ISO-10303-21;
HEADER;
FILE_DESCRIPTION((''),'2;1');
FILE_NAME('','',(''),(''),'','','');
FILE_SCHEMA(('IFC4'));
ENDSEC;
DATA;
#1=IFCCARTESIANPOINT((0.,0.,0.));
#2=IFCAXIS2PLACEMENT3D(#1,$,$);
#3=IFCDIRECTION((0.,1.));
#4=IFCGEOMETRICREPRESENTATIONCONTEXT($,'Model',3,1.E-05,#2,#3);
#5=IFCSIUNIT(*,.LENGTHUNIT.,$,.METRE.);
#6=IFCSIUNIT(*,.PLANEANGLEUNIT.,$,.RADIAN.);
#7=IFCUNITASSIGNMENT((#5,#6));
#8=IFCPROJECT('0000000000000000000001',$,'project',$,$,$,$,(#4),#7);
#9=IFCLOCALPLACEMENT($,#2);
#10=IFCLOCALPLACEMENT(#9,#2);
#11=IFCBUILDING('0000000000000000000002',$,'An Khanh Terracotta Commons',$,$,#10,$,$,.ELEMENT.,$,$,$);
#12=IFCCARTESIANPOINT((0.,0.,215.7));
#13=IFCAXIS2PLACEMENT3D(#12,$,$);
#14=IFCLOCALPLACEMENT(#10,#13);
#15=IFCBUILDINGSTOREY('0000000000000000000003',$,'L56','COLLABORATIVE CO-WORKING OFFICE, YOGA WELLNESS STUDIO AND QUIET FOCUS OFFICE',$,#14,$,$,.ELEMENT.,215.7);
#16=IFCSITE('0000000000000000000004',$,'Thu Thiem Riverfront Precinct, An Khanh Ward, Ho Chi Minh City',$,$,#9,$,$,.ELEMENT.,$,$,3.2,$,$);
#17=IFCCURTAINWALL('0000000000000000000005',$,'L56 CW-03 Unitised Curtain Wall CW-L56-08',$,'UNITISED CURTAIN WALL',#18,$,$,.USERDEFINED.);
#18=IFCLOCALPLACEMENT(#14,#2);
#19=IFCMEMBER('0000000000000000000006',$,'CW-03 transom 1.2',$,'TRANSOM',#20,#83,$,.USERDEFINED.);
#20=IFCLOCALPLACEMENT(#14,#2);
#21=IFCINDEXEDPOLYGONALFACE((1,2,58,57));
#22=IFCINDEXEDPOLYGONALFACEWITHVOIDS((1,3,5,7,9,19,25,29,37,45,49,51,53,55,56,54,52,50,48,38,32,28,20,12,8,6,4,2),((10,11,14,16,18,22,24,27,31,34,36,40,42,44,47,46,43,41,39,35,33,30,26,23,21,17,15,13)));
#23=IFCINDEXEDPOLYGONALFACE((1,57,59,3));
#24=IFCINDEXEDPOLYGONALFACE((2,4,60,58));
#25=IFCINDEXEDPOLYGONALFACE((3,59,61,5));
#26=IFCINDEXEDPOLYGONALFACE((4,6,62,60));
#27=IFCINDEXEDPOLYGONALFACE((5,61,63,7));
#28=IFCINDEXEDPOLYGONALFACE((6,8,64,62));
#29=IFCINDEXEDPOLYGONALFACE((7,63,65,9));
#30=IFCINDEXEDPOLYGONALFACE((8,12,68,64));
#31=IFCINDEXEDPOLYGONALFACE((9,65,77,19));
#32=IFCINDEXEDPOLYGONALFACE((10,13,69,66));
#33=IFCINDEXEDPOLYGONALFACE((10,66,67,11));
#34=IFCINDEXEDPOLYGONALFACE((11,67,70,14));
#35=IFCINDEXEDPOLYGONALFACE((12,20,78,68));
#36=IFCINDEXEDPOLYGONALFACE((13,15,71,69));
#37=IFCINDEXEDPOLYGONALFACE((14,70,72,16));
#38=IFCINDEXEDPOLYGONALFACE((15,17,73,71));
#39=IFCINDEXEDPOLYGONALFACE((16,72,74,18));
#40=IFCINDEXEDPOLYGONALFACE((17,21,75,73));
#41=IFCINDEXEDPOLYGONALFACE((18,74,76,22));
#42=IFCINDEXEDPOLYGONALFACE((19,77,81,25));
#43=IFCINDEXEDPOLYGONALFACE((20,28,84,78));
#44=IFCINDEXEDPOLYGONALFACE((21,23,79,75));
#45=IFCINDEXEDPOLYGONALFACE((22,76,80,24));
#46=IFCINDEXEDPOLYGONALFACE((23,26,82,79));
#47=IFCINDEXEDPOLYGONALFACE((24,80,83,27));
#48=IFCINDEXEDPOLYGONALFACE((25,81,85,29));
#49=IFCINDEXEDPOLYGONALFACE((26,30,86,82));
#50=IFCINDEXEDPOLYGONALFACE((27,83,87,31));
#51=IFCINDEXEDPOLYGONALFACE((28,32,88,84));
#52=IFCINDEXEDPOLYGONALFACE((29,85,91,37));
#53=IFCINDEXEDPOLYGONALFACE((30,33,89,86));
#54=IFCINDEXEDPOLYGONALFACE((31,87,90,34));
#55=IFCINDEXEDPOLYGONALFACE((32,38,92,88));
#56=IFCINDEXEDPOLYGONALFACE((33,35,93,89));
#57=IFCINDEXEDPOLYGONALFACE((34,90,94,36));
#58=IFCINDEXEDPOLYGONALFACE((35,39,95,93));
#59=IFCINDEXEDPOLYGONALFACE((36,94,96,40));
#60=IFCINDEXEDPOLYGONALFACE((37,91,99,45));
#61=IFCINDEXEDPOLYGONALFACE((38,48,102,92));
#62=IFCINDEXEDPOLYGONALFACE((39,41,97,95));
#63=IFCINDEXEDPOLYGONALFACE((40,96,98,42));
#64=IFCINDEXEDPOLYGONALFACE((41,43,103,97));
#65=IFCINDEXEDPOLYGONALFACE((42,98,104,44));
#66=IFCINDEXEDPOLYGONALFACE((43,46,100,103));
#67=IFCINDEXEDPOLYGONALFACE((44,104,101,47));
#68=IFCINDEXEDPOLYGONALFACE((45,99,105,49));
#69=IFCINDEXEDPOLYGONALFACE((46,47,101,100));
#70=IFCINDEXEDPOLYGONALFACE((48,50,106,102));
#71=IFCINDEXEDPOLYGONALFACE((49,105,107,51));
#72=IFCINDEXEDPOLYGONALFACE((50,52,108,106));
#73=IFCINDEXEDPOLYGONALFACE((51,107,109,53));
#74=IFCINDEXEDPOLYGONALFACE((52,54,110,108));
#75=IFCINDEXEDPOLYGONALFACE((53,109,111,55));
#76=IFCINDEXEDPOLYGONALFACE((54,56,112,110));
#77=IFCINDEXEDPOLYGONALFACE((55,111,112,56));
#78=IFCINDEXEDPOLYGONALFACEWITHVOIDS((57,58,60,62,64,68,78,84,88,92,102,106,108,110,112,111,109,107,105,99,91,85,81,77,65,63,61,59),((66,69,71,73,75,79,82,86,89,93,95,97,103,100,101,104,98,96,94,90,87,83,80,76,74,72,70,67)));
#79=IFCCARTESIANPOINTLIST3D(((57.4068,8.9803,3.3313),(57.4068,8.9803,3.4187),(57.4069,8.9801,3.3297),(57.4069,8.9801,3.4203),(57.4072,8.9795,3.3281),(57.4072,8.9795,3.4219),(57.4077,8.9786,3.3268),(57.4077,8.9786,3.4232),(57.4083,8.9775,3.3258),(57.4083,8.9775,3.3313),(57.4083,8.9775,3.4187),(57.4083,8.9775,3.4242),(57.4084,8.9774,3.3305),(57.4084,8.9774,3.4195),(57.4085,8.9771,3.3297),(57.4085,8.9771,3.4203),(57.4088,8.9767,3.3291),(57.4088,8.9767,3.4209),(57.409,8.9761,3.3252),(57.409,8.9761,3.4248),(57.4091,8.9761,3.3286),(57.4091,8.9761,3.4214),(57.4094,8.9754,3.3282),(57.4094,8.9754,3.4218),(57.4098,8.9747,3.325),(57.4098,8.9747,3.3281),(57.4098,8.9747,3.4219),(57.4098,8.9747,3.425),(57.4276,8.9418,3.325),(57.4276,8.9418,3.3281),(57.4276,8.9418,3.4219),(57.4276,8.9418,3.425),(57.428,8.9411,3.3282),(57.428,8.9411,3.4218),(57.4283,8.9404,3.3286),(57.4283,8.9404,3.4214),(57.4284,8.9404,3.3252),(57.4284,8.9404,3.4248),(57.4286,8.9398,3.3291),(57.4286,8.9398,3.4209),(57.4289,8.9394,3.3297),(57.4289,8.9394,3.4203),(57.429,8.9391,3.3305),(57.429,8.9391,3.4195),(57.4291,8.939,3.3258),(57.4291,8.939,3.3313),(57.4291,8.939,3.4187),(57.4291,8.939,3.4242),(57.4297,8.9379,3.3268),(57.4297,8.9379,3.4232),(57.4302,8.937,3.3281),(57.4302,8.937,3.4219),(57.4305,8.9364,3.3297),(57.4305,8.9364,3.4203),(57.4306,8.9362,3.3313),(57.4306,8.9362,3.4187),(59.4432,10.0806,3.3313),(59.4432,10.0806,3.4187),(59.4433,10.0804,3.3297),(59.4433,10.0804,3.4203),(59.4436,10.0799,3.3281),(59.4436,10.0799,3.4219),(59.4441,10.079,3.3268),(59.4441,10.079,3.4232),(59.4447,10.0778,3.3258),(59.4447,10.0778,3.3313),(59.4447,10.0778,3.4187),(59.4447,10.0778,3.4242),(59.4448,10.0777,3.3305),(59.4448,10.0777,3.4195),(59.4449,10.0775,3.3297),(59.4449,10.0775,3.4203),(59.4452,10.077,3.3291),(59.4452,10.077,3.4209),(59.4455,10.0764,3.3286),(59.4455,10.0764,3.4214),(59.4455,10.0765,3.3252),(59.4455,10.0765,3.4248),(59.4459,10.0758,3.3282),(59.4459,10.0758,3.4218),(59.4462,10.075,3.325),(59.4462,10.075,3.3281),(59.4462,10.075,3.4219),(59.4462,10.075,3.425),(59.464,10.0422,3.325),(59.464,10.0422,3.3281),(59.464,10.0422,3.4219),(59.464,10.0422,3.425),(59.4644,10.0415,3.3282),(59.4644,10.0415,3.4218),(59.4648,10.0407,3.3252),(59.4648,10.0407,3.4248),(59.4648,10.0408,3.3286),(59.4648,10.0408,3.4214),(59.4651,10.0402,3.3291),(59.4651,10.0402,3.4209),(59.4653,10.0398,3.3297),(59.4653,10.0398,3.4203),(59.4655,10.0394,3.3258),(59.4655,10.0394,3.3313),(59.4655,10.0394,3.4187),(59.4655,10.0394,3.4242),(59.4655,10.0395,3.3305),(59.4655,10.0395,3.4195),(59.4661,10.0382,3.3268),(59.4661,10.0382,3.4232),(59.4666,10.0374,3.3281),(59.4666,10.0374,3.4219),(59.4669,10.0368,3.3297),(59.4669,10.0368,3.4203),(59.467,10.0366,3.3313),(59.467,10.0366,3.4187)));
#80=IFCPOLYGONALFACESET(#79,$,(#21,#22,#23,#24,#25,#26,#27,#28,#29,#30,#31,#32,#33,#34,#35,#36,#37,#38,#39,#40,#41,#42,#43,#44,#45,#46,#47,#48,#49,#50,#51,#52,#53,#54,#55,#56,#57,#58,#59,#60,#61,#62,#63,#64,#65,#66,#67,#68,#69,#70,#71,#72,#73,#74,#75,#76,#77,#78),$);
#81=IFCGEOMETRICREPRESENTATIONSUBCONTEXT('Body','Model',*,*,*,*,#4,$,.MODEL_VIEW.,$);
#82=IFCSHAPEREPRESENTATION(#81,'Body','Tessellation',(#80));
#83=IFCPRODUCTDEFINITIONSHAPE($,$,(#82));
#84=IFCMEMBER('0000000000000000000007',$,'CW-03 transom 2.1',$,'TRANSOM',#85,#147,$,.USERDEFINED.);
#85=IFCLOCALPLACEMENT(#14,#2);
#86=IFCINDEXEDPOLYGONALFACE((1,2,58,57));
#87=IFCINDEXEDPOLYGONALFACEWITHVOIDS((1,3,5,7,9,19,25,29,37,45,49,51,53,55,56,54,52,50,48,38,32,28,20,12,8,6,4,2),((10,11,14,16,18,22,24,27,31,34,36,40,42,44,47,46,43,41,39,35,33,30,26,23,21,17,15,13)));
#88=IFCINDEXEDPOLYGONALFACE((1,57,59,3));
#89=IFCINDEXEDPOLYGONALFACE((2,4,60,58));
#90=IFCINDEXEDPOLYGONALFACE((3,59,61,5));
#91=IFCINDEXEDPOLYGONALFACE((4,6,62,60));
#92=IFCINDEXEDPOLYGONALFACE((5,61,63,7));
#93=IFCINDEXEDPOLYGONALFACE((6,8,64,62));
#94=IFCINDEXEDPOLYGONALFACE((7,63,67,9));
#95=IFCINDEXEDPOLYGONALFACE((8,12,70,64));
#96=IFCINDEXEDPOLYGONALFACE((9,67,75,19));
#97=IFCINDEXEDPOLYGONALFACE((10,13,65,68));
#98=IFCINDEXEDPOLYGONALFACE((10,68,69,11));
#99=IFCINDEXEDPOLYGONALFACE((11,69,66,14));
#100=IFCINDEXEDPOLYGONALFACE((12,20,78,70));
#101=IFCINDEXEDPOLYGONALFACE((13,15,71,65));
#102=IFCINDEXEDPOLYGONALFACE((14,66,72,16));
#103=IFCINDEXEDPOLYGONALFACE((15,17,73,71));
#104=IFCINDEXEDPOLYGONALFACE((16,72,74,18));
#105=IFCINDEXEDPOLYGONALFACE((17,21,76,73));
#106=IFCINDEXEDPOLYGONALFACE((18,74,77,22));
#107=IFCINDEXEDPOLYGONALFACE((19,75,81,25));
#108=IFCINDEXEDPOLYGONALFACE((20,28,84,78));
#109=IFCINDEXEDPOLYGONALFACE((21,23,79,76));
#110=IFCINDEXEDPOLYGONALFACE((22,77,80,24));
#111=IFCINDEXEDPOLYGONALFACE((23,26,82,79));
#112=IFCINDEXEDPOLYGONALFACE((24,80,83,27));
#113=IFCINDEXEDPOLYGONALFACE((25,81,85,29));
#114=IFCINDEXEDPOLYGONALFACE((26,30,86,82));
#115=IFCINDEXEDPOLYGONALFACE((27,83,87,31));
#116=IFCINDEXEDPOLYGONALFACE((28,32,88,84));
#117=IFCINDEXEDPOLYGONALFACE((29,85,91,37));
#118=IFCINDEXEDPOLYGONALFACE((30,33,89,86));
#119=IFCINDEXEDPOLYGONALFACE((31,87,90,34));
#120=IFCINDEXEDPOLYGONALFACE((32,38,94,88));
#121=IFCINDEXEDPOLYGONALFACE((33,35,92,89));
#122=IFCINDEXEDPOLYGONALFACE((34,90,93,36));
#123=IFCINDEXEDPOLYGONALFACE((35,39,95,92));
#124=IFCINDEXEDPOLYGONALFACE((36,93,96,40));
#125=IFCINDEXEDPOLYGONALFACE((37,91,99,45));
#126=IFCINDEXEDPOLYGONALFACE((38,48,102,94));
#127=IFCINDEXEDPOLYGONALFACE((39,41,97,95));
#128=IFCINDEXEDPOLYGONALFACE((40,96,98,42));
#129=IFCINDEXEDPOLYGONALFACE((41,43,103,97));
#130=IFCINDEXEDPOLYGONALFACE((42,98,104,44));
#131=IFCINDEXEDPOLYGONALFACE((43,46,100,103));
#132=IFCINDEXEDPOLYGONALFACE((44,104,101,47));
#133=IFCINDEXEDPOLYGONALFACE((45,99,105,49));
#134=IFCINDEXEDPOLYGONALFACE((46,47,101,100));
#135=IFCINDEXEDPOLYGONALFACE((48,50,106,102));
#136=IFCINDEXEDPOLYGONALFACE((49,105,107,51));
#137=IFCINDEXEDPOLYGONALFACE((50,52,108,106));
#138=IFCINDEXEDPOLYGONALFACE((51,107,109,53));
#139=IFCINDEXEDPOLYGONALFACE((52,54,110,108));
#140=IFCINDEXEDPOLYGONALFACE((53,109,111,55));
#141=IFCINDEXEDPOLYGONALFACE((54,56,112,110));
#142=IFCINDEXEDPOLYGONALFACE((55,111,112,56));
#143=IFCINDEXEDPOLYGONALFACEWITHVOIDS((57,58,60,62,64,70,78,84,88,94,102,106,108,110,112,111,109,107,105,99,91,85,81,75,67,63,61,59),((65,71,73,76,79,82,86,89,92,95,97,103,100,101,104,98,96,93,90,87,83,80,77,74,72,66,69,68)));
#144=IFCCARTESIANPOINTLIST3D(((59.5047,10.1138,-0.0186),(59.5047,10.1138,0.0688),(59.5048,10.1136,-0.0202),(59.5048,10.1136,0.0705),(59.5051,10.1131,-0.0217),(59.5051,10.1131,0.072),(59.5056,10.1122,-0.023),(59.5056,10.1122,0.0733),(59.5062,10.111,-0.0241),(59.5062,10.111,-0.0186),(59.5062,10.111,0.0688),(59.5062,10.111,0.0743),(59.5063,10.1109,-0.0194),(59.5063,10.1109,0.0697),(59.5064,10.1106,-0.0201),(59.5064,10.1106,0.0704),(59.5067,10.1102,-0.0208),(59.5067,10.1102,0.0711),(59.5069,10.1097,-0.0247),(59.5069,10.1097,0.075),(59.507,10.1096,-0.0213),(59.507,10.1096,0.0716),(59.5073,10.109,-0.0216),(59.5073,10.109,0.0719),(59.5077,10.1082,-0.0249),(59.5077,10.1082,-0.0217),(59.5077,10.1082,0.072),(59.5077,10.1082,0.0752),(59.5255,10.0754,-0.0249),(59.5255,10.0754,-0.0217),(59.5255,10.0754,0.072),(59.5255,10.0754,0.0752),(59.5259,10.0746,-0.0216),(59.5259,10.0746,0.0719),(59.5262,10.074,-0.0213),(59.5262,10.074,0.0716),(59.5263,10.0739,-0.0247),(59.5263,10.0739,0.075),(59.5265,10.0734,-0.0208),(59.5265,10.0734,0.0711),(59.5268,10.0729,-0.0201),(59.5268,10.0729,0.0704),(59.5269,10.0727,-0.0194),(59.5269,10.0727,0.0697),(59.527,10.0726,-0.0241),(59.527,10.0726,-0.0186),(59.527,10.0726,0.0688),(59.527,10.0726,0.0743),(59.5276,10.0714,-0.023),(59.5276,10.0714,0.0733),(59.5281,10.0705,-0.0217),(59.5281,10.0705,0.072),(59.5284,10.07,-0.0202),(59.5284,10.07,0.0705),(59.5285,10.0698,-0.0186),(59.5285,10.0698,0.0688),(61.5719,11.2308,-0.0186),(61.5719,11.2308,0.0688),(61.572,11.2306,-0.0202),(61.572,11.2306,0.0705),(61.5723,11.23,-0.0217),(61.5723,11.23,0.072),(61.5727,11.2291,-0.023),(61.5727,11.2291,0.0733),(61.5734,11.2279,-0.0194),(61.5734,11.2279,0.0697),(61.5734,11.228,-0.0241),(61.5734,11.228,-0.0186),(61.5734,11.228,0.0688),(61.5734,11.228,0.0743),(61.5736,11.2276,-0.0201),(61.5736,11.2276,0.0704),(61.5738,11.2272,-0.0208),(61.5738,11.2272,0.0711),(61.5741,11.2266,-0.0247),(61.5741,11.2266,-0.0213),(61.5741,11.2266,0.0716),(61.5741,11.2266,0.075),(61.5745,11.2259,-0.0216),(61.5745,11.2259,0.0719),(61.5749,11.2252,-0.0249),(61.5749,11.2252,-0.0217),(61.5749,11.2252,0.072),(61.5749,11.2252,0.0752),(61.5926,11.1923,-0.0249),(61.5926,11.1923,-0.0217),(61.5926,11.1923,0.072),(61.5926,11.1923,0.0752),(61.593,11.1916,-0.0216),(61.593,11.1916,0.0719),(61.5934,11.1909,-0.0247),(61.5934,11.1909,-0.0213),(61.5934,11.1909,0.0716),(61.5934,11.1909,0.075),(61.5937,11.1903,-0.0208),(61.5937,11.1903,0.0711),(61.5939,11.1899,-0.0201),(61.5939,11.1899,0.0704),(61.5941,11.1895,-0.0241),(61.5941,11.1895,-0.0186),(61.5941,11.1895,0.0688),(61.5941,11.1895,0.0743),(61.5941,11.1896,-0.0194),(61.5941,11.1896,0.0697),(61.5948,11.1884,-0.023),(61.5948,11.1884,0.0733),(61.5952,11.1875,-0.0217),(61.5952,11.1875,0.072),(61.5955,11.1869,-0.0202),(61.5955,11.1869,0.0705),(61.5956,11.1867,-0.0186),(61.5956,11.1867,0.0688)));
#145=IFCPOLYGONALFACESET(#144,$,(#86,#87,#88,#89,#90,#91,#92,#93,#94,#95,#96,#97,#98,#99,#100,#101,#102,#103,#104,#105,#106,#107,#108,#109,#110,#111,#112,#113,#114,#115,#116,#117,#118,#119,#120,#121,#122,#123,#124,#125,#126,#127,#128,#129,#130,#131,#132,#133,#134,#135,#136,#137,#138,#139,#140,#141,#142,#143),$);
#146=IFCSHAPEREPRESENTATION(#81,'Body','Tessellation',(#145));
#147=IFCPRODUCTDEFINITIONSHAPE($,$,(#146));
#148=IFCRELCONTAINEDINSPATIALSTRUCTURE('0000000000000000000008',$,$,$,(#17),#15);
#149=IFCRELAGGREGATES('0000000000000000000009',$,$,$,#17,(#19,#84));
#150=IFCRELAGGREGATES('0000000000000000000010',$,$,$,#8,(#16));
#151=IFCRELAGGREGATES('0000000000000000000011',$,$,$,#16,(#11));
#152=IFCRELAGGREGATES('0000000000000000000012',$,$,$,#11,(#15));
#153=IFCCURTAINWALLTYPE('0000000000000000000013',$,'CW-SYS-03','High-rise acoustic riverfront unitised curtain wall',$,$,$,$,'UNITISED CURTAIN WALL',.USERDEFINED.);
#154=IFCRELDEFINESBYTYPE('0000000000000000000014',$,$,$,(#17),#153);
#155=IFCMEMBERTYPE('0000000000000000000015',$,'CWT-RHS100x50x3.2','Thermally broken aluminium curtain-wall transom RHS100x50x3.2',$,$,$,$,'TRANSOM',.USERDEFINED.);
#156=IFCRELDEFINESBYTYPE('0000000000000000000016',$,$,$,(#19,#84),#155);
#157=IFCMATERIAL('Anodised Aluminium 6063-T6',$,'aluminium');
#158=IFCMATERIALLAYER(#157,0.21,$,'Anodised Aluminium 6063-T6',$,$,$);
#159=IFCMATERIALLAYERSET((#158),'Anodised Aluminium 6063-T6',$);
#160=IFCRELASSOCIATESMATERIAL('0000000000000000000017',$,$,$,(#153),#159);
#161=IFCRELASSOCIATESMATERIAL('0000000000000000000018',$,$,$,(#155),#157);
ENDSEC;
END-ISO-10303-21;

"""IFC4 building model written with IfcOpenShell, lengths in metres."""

from ifc_helpers import new_model, si_unit, direction, frame, origin, origin_2d, place, context, subcontext, project, spatial, hollow_rectangle, extrude, material, layer, layer_set, material_profile, profile_set, type_object, element, aggregate, save


model = new_model("IFC4")

# Units and contexts
model_context = context("Model", 3, precision=1e-05, world=origin(), true_north=direction((0.0, 1.0)))
body_context = subcontext(model_context, "Body", "Model", "MODEL_VIEW")
ifc_project = project(units=[si_unit("LENGTHUNIT", "METRE"), si_unit("PLANEANGLEUNIT", "RADIAN")], contexts=[model_context])

# Site, building, storey
site_placement = place(None, origin())
site = spatial("IfcSite", under=ifc_project, at=site_placement, Name="Thu Thiem Riverfront Precinct, An Khanh Ward, Ho Chi Minh City", CompositionType="ELEMENT", RefElevation=3.2)
building_placement = place(site_placement, origin())
building = spatial("IfcBuilding", under=site, at=building_placement, Name="An Khanh Terracotta Commons", CompositionType="ELEMENT")
storey_placement = place(building_placement, frame((0.0, 0.0, 215.7)))
storey = spatial("IfcBuildingStorey", under=building, at=storey_placement, Name="L56", Description="COLLABORATIVE CO-WORKING OFFICE, YOGA WELLNESS STUDIO AND QUIET FOCUS OFFICE", CompositionType="ELEMENT", Elevation=215.7)

# Curtain wall, members
ifc_material_1 = material(Name="Anodised Aluminium 6063-T6", Category="aluminium")
ifc_layer_1 = layer(ifc_material_1, 0.21, Name="Anodised Aluminium 6063-T6")
ifc_layer_set_1 = layer_set([ifc_layer_1], Name="Anodised Aluminium 6063-T6")
curtain_wall_type = type_object("IfcCurtainWallType", Name="CW-SYS-03", Description="High-rise acoustic riverfront unitised curtain wall", ElementType="UNITISED CURTAIN WALL", PredefinedType="USERDEFINED", material=ifc_layer_set_1)
curtain_wall_placement = place(storey_placement, origin())
curtain_wall = element("IfcCurtainWall", 1, at=curtain_wall_placement, inside=storey, type_object=curtain_wall_type, Name="L56 CW-03 Unitised Curtain Wall CW-L56-08", ObjectType="UNITISED CURTAIN WALL", PredefinedType="USERDEFINED")
ifc_material_profile_1 = material_profile(ifc_material_1, hollow_rectangle(XDim=0.05, YDim=0.1001, WallThickness=0.0032, InnerFilletRadius=0.0032, OuterFilletRadius=0.0063, at=origin_2d()), Name="RHS100x50x3.2")
ifc_profile_set_1 = profile_set([ifc_material_profile_1], Name="Anodised Aluminium 6063-T6")
member_type_1 = type_object("IfcMemberType", Name="CWT-RHS100x50x3.2", Description="Thermally broken aluminium curtain-wall transom RHS100x50x3.2", ElementType="TRANSOM", PredefinedType="USERDEFINED", material=ifc_profile_set_1)
member_1_placement = place(storey_placement, frame((57.4187, 8.9583, 3.375), z_axis=(0.879779, 0.475382, 0.0), x_axis=(-0.475382, 0.879779, 0.0)))
member_1 = element("IfcMember", 2, at=member_1_placement, type_object=member_type_1, Name="CW-03 transom 1.2", ObjectType="TRANSOM", PredefinedType="USERDEFINED", context=body_context, shape_type="SweptSolid", body=[
    extrude(hollow_rectangle(XDim=0.05, YDim=0.1001, WallThickness=0.0032, InnerFilletRadius=0.0032, OuterFilletRadius=0.0063, at=origin_2d()), origin(), (0.0, 0.0, 1.0), 2.3147),
])
member_2_placement = place(storey_placement, frame((59.5166, 10.0918, 0.0251), z_axis=(0.879783, 0.475376, 0.0), x_axis=(-0.475376, 0.879783, 0.0)))
member_2 = element("IfcMember", 3, at=member_2_placement, type_object=member_type_1, Name="CW-03 transom 2.1", ObjectType="TRANSOM", PredefinedType="USERDEFINED", context=body_context, shape_type="SweptSolid", body=[
    extrude(hollow_rectangle(XDim=0.05, YDim=0.1001, WallThickness=0.0032, InnerFilletRadius=0.0032, OuterFilletRadius=0.0063, at=origin_2d()), origin(), (0.0, 0.0, 1.0), 2.3496),
])
aggregate(curtain_wall, [member_1, member_2])

save(model, "model.ifc")
